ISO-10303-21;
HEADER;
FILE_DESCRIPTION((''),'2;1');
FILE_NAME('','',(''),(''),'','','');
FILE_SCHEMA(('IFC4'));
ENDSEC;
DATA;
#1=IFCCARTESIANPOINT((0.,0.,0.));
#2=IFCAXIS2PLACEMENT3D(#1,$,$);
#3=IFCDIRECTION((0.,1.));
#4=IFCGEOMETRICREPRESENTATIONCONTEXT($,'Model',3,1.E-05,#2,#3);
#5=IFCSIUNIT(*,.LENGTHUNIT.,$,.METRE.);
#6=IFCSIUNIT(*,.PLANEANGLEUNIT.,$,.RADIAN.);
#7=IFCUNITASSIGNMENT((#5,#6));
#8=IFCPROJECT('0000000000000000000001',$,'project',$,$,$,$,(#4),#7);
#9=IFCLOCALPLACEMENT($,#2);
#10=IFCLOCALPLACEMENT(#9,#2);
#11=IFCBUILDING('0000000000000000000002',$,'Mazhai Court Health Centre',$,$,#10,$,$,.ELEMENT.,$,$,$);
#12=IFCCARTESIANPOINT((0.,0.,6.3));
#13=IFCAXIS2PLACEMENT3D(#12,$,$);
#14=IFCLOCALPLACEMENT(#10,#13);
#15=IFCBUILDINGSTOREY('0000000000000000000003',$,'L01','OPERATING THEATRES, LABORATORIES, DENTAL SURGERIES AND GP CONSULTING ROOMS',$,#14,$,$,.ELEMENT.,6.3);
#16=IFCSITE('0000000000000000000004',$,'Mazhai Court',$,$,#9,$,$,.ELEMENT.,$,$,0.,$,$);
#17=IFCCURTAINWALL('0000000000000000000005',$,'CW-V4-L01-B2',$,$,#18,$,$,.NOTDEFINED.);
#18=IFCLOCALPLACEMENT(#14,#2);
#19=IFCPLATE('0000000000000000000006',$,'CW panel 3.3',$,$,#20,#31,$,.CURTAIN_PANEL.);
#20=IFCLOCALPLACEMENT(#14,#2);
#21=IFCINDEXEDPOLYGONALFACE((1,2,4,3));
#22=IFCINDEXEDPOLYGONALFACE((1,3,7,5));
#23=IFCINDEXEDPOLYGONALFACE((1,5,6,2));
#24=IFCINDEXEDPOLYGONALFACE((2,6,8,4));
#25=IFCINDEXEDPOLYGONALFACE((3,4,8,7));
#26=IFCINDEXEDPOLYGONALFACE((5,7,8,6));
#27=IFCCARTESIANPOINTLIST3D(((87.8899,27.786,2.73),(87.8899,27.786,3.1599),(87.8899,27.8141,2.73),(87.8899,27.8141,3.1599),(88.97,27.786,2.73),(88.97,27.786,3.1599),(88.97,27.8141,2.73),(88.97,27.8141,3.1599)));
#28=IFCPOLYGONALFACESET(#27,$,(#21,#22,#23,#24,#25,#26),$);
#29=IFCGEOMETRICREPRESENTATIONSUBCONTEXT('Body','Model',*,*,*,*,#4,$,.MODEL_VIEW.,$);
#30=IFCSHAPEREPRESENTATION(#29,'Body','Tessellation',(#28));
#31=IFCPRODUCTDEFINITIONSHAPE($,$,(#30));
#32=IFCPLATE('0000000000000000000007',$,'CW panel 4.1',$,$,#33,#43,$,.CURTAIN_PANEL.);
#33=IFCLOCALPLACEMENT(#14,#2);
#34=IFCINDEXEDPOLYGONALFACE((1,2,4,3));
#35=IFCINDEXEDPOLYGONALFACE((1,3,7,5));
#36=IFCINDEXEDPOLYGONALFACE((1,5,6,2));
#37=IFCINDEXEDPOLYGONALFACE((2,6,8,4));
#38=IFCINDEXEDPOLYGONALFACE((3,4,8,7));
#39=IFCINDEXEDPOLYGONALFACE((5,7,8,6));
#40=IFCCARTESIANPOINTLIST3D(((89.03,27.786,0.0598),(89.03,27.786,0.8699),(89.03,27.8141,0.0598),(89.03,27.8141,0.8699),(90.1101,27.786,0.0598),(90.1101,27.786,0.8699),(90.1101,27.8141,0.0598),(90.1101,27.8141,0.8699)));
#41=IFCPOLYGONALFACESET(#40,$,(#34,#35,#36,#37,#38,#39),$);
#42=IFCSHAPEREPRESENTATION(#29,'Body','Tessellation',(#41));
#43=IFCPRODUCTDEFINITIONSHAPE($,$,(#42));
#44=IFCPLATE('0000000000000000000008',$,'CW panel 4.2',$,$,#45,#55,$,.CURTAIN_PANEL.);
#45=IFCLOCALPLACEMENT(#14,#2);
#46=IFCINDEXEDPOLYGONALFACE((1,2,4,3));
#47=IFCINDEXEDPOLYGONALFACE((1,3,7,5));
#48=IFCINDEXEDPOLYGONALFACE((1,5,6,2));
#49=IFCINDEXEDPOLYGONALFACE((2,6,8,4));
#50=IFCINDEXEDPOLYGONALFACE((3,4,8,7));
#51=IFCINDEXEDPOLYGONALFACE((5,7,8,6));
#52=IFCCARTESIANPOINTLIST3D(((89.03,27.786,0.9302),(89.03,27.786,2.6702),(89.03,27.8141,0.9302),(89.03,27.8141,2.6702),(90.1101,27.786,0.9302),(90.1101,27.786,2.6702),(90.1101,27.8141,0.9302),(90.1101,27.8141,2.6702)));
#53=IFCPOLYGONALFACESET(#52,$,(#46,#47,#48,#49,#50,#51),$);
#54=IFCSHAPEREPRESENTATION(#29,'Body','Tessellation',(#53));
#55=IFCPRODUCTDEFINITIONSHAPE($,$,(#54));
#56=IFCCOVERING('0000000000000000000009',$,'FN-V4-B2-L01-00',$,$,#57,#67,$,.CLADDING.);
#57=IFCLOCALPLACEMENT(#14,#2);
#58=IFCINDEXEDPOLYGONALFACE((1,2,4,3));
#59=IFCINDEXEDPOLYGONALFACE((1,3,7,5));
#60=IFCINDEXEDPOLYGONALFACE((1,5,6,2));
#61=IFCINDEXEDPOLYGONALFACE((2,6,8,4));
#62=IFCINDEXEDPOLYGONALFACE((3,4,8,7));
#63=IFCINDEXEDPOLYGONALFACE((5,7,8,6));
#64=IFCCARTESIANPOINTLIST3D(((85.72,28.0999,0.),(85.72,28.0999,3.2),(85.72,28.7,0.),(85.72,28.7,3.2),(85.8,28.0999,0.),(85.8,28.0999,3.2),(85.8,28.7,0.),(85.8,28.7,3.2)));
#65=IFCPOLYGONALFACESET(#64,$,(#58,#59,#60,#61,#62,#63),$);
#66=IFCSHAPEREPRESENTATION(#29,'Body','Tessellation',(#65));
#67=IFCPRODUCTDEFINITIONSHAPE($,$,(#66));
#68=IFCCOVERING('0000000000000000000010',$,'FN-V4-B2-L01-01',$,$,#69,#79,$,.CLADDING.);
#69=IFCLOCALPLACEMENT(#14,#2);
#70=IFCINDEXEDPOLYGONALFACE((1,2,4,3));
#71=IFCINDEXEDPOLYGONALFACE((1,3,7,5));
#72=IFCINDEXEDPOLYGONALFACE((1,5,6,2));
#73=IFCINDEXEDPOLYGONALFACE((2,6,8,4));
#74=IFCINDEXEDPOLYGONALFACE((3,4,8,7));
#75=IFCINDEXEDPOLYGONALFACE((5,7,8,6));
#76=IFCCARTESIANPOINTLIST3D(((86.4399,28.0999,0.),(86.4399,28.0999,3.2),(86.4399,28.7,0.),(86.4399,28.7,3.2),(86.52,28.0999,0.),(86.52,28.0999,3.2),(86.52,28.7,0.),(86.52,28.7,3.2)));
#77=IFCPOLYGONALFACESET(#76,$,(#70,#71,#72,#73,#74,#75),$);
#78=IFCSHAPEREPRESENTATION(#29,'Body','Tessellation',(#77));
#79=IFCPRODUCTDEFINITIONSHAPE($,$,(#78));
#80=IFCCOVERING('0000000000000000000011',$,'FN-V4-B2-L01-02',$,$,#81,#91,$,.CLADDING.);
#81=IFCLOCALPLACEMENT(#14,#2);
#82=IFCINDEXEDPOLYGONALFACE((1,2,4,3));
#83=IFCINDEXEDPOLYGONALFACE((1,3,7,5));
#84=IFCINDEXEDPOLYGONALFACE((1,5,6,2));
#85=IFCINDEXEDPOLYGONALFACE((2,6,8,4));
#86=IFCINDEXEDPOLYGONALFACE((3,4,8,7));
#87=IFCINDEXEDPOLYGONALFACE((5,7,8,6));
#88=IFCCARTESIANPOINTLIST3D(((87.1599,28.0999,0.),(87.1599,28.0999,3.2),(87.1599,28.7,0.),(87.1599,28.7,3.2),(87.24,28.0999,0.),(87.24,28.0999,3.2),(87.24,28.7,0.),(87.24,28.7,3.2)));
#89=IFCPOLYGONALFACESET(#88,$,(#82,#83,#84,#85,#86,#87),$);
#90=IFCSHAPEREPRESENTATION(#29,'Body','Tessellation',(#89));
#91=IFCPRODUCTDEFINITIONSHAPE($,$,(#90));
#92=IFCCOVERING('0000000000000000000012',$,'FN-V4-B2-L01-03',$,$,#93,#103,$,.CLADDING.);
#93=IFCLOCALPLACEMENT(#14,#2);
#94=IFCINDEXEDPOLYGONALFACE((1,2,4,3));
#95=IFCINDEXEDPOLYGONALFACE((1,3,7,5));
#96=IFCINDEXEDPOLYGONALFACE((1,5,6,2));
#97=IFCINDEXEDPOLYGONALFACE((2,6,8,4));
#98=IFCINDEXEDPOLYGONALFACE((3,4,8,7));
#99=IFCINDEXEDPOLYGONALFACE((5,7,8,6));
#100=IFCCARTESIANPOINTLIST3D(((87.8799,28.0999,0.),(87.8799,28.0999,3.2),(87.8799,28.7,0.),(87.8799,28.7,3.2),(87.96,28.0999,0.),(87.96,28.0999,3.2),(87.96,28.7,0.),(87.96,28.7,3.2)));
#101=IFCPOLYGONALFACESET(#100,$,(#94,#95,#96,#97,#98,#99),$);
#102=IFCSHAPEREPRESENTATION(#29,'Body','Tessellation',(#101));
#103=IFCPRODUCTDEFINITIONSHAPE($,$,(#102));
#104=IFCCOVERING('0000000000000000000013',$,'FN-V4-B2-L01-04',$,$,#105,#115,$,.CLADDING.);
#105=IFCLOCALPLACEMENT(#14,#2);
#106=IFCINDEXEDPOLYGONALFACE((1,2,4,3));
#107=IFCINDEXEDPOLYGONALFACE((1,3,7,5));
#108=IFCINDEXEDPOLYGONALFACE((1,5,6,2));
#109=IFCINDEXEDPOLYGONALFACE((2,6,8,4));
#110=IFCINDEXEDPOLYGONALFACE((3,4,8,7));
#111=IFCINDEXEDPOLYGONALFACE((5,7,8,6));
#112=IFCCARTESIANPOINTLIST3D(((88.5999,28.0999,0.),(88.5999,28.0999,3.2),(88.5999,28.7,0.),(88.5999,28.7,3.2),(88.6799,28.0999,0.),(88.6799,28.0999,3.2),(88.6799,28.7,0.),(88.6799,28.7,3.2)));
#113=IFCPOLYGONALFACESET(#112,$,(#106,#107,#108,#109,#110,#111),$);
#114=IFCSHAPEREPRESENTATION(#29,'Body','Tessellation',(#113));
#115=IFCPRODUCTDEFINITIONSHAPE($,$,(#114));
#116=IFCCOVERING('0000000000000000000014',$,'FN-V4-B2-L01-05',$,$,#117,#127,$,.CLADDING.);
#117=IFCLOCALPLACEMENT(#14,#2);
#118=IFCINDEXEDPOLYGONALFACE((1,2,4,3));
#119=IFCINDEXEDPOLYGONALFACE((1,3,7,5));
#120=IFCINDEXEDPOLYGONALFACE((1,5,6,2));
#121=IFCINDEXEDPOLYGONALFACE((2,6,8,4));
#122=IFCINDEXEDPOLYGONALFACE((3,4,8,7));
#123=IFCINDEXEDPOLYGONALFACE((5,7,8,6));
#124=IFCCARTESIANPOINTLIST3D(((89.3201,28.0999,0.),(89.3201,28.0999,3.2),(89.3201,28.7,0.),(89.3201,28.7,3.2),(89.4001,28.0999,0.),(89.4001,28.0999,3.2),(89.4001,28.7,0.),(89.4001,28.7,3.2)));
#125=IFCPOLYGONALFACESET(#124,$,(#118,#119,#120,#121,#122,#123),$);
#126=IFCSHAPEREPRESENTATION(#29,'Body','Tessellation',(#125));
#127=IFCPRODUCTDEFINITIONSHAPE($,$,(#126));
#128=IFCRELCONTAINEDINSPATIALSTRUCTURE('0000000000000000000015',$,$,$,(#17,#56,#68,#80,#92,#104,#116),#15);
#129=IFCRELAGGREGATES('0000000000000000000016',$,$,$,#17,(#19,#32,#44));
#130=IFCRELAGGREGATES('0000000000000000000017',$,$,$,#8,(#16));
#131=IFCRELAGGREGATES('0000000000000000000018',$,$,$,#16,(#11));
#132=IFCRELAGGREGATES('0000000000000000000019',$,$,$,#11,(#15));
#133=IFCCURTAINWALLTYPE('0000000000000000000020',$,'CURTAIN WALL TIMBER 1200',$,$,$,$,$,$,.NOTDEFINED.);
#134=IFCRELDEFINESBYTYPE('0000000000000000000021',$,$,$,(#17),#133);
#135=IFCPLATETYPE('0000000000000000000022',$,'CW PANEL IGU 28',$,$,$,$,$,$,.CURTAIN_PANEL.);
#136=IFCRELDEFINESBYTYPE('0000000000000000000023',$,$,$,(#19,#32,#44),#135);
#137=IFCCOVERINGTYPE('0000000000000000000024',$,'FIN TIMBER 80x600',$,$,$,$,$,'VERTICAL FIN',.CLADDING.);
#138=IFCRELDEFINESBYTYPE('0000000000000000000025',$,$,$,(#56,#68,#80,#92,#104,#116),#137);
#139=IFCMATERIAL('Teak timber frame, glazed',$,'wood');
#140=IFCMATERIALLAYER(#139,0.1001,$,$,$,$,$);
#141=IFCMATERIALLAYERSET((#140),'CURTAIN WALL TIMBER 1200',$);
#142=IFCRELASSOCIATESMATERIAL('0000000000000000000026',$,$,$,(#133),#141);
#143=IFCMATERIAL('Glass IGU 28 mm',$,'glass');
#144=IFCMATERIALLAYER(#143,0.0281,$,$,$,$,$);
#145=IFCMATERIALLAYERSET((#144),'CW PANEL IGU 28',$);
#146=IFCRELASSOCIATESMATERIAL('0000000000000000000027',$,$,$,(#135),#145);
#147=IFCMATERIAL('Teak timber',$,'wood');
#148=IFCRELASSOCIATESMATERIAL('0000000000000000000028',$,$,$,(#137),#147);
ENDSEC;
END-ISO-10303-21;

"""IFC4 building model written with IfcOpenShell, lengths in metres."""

from ifc_helpers import new_model, si_unit, direction, frame, origin, origin_2d, place, context, subcontext, project, spatial, rectangle, extrude, material, layer, layer_set, type_object, element, aggregate, save


model = new_model("IFC4")

# Units and contexts
model_context = context("Model", 3, precision=1e-05, world=origin(), true_north=direction((0.0, 1.0)))
body_context = subcontext(model_context, "Body", "Model", "MODEL_VIEW")
ifc_project = project(units=[si_unit("LENGTHUNIT", "METRE"), si_unit("PLANEANGLEUNIT", "RADIAN")], contexts=[model_context])

# Site, building, storey
site_placement = place(None, origin())
site = spatial("IfcSite", under=ifc_project, at=site_placement, Name="Mazhai Court", CompositionType="ELEMENT", RefElevation=0.0)
building_placement = place(site_placement, origin())
building = spatial("IfcBuilding", under=site, at=building_placement, Name="Mazhai Court Health Centre", CompositionType="ELEMENT")
storey_placement = place(building_placement, frame((0.0, 0.0, 6.3)))
storey = spatial("IfcBuildingStorey", under=building, at=storey_placement, Name="L01", Description="OPERATING THEATRES, LABORATORIES, DENTAL SURGERIES AND GP CONSULTING ROOMS", CompositionType="ELEMENT", Elevation=6.3)

# Curtain wall, plates
ifc_material_1 = material(Name="Teak timber frame, glazed", Category="wood")
ifc_layer_1 = layer(ifc_material_1, 0.1001)
ifc_layer_set_1 = layer_set([ifc_layer_1], Name="CURTAIN WALL TIMBER 1200")
curtain_wall_type = type_object("IfcCurtainWallType", Name="CURTAIN WALL TIMBER 1200", PredefinedType="NOTDEFINED", material=ifc_layer_set_1)
curtain_wall_placement = place(storey_placement, origin())
curtain_wall = element("IfcCurtainWall", 1, at=curtain_wall_placement, inside=storey, type_object=curtain_wall_type, Name="CW-V4-L01-B2", PredefinedType="NOTDEFINED")
ifc_material_2 = material(Name="Glass IGU 28 mm", Category="glass")
ifc_layer_2 = layer(ifc_material_2, 0.0281)
ifc_layer_set_2 = layer_set([ifc_layer_2], Name="CW PANEL IGU 28")
plate_type = type_object("IfcPlateType", Name="CW PANEL IGU 28", PredefinedType="CURTAIN_PANEL", material=ifc_layer_set_2)
plate_1_placement = place(storey_placement, frame((88.4299, 27.8, 2.73), z_axis=(0.0, 0.0, 1.0), x_axis=(1.0, 0.0, 0.0)))
plate_1 = element("IfcPlate", 2, at=plate_1_placement, type_object=plate_type, Name="CW panel 3.3", PredefinedType="CURTAIN_PANEL", context=body_context, shape_type="SweptSolid", body=[
    extrude(rectangle(XDim=1.0801, YDim=0.0281, at=origin_2d()), origin(), (0.0, 0.0, 1.0), 0.4299),
])
plate_2_placement = place(storey_placement, frame((89.5701, 27.8, 0.0598), z_axis=(0.0, 0.0, 1.0), x_axis=(1.0, 0.0, 0.0)))
plate_2 = element("IfcPlate", 3, at=plate_2_placement, type_object=plate_type, Name="CW panel 4.1", PredefinedType="CURTAIN_PANEL", context=body_context, shape_type="SweptSolid", body=[
    extrude(rectangle(XDim=1.0801, YDim=0.0281, at=origin_2d()), origin(), (0.0, 0.0, 1.0), 0.8101),
])
plate_3_placement = place(storey_placement, frame((89.5701, 27.8, 0.9302), z_axis=(0.0, 0.0, 1.0), x_axis=(1.0, 0.0, 0.0)))
plate_3 = element("IfcPlate", 4, at=plate_3_placement, type_object=plate_type, Name="CW panel 4.2", PredefinedType="CURTAIN_PANEL", context=body_context, shape_type="SweptSolid", body=[
    extrude(rectangle(XDim=1.0801, YDim=0.0281, at=origin_2d()), origin(), (0.0, 0.0, 1.0), 1.74),
])
aggregate(curtain_wall, [plate_1, plate_2, plate_3])

# Coverings
ifc_material_3 = material(Name="Teak timber", Category="wood")
covering_type = type_object("IfcCoveringType", Name="FIN TIMBER 80x600", ElementType="VERTICAL FIN", PredefinedType="CLADDING", material=ifc_material_3)
for number, where, z_axis, x_axis, name in (
    (5, (85.76, 28.3999, 0.0), (0.0, 0.0, 1.0), (1.0, 0.0, 0.0), "FN-V4-B2-L01-00"),
    (6, (86.48, 28.3999, 0.0), (0.0, 0.0, 1.0), (1.0, 0.0, 0.0), "FN-V4-B2-L01-01"),
    (7, (87.2, 28.3999, 0.0), (0.0, 0.0, 1.0), (1.0, 0.0, 0.0), "FN-V4-B2-L01-02"),
    (8, (87.9199, 28.3999, 0.0), (0.0, 0.0, 1.0), (1.0, 0.0, 0.0), "FN-V4-B2-L01-03"),
    (9, (88.6399, 28.3999, 0.0), (0.0, 0.0, 1.0), (1.0, 0.0, 0.0), "FN-V4-B2-L01-04"),
    (10, (89.3601, 28.3999, 0.0), (0.0, 0.0, 1.0), (1.0, 0.0, 0.0), "FN-V4-B2-L01-05"),
):
    element("IfcCovering", number, at=place(storey_placement, frame(where, z_axis=z_axis, x_axis=x_axis)), inside=storey, type_object=covering_type, Name=name, PredefinedType="CLADDING", context=body_context, shape_type="SweptSolid", body=[
        extrude(rectangle(XDim=0.0801, YDim=0.6001, at=origin_2d()), origin(), (0.0, 0.0, 1.0), 3.2),
    ])

save(model, "model.ifc")
